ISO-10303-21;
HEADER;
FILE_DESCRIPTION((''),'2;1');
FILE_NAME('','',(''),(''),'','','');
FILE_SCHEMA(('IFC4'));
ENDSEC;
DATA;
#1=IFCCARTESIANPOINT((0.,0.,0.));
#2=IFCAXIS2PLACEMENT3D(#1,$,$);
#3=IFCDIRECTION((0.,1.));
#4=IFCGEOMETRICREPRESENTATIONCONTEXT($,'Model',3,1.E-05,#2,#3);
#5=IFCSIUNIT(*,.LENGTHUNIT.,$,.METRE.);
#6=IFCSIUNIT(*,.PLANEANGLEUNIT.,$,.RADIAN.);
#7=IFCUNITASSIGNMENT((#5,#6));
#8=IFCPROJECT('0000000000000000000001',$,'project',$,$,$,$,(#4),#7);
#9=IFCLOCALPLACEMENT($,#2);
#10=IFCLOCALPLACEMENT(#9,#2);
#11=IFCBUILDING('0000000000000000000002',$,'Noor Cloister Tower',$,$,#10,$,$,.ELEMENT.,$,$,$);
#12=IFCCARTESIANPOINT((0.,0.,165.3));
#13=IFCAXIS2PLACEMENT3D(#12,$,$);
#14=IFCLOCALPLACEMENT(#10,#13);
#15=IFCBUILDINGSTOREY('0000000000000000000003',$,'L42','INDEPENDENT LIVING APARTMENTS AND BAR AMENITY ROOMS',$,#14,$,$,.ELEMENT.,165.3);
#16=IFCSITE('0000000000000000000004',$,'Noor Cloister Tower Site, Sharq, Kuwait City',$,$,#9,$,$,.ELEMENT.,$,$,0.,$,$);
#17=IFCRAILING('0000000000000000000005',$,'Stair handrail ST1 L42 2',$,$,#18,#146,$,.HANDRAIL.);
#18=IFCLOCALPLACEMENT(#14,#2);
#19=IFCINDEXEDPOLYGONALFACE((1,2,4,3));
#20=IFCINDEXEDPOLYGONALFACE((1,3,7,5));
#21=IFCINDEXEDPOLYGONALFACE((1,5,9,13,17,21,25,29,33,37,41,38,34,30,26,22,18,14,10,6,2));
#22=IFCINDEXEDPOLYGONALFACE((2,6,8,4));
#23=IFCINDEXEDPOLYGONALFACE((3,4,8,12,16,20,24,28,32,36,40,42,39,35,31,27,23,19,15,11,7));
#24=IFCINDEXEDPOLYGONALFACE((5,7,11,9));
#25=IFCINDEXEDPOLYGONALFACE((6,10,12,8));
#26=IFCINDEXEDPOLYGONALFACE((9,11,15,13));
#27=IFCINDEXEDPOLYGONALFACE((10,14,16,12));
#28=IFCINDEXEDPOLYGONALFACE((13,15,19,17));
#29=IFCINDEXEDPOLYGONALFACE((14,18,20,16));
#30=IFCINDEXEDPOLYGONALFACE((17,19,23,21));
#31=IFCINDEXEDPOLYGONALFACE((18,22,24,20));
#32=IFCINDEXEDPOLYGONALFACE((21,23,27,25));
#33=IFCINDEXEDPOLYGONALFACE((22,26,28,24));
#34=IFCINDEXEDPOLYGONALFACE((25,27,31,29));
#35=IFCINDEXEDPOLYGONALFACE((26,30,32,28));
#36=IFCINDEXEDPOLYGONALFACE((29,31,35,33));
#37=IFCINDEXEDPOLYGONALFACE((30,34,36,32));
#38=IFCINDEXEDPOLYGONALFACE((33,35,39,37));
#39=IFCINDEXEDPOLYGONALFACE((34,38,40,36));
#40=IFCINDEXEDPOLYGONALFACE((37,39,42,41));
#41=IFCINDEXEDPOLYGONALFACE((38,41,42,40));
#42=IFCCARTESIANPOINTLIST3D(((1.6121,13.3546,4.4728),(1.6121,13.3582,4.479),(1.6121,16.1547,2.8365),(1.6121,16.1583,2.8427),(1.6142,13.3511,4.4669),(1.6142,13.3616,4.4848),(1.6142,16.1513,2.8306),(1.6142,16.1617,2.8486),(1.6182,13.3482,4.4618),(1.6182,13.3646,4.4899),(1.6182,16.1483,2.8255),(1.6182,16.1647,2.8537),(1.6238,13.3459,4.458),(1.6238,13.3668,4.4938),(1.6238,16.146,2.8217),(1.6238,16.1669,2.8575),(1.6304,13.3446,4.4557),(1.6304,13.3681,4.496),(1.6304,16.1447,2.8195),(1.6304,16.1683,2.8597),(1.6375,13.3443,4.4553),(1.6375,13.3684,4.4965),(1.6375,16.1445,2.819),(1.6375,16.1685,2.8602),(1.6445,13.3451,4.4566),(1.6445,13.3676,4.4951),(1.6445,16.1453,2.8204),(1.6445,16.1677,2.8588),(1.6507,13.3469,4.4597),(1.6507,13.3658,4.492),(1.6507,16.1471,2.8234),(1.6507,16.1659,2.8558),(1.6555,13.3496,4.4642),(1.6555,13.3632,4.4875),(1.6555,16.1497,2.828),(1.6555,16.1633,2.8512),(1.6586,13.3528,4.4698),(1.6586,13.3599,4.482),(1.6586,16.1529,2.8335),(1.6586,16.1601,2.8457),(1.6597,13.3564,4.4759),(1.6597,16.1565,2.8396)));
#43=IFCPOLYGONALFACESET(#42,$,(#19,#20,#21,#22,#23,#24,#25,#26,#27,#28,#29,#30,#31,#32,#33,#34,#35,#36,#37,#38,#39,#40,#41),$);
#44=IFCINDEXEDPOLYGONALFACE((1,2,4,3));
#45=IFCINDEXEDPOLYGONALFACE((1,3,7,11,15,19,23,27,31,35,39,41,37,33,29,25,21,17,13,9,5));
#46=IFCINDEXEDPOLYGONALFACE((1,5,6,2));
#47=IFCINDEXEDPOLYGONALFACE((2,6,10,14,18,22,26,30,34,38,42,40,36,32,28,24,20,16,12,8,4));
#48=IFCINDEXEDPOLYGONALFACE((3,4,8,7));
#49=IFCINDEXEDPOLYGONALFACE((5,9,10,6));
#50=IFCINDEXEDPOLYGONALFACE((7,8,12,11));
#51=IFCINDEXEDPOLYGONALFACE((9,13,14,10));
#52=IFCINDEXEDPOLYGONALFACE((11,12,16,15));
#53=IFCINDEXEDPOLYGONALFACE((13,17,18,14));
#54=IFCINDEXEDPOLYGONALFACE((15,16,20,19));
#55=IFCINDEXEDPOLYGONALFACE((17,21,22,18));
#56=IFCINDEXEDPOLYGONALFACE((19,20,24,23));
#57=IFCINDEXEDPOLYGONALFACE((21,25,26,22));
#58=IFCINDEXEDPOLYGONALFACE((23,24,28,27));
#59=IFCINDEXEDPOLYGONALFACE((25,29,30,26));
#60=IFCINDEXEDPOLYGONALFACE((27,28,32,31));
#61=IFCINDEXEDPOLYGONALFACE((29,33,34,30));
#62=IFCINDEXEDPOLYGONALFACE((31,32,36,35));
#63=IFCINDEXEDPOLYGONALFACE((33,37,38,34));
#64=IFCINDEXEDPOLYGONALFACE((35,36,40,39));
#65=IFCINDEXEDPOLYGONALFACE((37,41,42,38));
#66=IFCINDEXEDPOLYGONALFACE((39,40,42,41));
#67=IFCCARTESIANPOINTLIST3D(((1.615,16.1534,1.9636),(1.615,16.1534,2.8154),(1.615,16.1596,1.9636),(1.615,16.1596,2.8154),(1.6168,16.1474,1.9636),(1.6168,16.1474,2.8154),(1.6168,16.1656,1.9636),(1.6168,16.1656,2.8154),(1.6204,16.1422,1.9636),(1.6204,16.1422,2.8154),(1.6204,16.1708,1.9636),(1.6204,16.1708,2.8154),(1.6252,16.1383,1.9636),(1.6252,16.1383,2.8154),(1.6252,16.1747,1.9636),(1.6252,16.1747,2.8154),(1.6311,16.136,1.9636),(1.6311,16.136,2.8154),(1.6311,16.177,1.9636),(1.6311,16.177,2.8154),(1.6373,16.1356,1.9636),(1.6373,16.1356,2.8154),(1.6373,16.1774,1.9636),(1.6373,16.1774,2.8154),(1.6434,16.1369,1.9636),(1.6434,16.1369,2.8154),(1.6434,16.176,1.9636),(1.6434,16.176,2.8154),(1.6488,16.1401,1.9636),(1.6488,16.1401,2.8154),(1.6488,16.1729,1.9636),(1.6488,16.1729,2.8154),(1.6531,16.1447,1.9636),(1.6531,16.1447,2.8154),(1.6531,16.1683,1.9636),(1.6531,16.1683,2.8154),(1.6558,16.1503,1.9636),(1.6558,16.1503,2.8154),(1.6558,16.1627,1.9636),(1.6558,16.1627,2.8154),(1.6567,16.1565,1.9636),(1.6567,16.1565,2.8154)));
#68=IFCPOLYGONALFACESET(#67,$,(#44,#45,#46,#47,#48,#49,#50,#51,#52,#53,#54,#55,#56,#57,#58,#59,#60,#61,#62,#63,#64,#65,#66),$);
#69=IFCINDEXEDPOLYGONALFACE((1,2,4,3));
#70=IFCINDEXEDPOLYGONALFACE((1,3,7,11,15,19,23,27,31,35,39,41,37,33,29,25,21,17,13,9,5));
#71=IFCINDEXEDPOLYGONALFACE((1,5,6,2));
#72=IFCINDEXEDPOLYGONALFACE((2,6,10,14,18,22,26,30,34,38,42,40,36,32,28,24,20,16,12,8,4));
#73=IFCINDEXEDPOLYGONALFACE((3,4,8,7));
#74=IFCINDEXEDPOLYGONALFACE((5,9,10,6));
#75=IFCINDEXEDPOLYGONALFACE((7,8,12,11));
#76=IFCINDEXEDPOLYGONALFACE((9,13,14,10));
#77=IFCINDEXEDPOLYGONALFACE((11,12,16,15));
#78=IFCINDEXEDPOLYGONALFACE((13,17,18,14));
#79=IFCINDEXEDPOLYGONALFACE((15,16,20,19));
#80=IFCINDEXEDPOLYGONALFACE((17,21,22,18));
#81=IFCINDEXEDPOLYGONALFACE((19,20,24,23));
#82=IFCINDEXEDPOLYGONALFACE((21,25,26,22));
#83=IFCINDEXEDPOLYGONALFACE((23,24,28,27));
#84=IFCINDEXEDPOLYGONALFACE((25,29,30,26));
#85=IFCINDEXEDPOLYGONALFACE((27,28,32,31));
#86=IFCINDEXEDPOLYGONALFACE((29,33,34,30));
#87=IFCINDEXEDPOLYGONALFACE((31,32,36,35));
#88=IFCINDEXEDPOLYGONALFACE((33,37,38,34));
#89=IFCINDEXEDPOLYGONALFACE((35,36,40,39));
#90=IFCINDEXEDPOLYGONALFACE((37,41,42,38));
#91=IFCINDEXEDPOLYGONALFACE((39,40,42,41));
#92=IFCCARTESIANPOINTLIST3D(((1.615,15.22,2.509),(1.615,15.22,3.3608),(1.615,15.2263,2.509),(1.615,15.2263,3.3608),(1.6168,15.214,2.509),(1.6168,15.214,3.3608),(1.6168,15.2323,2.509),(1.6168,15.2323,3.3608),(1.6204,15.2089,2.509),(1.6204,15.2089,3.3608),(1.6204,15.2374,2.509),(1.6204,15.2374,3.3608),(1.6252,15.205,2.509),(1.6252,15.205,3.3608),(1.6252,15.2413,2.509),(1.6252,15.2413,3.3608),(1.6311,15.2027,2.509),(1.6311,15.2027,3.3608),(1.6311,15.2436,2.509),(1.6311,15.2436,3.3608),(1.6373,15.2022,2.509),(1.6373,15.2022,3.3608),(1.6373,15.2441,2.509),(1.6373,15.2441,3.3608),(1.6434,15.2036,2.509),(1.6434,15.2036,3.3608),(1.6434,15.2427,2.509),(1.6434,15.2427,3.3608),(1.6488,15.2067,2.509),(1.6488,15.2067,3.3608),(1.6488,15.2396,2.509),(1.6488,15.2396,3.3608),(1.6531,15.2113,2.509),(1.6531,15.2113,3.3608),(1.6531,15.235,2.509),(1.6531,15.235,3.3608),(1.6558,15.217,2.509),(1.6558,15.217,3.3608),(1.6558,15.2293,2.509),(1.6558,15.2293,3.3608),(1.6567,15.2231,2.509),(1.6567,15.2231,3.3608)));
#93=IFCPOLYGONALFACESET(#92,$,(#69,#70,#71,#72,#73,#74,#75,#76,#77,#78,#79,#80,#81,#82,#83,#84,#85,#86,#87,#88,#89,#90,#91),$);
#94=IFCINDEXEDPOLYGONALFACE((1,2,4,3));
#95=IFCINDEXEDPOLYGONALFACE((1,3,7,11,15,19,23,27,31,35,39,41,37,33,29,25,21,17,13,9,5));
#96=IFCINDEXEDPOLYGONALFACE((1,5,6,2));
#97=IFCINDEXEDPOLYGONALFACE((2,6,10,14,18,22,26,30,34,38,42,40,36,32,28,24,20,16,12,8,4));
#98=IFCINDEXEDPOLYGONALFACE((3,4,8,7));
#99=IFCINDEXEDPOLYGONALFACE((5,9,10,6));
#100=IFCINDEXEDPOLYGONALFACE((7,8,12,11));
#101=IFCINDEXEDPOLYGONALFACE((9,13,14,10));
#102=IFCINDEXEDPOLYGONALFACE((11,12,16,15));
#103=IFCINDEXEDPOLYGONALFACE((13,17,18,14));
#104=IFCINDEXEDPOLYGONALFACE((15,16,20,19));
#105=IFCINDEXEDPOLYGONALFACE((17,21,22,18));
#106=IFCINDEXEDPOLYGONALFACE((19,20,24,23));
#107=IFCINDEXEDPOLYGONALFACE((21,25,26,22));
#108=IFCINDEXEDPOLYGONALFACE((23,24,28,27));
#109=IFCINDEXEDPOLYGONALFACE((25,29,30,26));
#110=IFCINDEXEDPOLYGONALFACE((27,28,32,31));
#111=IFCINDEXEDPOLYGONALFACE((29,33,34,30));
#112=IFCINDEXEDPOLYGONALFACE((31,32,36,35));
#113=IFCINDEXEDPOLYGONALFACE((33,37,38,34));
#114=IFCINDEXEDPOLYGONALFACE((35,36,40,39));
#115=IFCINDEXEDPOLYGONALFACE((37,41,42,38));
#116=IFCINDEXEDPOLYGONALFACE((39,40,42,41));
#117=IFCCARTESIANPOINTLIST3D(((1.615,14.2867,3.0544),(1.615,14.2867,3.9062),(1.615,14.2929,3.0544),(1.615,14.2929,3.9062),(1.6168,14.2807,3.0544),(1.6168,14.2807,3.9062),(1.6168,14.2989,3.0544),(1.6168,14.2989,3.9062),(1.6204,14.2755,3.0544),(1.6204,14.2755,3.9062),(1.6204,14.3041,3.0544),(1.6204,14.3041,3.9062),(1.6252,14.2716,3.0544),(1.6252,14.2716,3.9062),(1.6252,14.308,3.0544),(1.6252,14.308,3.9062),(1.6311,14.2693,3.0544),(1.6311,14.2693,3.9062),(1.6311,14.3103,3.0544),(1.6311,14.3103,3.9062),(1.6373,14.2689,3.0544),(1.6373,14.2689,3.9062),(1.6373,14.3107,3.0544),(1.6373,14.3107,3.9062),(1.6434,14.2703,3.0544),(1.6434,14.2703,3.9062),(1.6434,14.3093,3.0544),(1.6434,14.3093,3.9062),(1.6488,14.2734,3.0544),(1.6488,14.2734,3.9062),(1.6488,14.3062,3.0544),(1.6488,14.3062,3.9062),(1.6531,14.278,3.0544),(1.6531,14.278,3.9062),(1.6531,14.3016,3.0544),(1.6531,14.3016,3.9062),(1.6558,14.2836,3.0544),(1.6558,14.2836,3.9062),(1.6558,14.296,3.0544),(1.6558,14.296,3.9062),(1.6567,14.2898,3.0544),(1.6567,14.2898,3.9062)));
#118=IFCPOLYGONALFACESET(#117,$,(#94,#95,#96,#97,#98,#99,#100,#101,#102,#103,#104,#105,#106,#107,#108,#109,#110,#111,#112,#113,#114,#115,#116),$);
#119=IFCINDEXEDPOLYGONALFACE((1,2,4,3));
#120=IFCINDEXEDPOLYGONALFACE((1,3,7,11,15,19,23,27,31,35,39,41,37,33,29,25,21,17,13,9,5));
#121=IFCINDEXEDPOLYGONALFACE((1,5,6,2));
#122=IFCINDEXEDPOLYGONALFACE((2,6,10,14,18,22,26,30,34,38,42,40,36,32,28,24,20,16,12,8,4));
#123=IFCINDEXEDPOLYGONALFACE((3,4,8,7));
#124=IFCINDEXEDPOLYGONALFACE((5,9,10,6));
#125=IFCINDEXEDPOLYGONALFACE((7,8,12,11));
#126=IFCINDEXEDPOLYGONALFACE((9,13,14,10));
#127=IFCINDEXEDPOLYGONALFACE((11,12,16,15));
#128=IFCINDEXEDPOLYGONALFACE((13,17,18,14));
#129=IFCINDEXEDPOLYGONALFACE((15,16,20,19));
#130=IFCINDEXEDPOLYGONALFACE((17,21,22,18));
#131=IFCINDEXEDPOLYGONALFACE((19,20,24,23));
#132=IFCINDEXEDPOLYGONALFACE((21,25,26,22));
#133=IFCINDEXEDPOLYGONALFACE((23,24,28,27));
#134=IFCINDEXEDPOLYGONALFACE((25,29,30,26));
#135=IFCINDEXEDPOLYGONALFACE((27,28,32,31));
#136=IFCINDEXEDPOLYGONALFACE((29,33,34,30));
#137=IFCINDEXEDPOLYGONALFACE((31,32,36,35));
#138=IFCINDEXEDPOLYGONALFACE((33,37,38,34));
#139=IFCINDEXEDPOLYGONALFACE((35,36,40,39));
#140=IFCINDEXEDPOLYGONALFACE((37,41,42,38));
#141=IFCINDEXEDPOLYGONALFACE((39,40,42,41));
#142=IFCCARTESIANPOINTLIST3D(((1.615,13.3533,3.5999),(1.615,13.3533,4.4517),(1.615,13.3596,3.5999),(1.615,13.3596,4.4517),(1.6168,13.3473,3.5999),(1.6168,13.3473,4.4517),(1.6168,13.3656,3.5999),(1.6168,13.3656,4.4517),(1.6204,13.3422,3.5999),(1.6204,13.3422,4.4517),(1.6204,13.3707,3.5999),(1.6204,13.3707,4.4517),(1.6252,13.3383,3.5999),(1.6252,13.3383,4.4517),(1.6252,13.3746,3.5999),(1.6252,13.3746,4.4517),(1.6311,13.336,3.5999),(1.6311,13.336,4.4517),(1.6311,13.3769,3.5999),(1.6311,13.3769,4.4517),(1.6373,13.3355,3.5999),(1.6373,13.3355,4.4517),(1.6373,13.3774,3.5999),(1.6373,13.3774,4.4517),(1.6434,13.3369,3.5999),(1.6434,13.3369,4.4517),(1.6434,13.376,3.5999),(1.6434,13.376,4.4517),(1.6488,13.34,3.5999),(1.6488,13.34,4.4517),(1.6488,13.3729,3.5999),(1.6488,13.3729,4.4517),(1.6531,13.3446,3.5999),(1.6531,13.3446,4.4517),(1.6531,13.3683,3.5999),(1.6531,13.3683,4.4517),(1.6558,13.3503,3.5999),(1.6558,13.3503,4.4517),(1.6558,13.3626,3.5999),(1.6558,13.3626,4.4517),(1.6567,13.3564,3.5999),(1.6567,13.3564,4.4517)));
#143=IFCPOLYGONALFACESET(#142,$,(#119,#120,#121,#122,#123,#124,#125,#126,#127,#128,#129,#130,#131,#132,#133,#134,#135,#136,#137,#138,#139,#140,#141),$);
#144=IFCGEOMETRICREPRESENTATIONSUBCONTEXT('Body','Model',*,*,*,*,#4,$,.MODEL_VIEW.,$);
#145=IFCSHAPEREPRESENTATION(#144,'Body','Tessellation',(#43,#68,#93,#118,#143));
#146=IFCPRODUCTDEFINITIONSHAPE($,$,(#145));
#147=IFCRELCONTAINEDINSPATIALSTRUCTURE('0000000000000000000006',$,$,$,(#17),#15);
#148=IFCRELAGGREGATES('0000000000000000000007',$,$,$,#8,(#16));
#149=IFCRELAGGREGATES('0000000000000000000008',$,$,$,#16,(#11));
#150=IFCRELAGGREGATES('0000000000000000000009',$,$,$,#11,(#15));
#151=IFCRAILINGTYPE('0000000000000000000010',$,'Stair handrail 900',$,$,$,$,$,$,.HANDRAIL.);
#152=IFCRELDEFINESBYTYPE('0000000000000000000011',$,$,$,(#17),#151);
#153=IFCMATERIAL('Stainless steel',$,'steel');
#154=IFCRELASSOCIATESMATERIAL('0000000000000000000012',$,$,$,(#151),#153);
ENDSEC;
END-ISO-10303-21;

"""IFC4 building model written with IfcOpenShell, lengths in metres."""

from ifc_helpers import new_model, si_unit, direction, frame, origin, origin_2d, place, context, subcontext, project, spatial, circle, extrude, material, type_object, element, save


model = new_model("IFC4")

# Units and contexts
model_context = context("Model", 3, precision=1e-05, world=origin(), true_north=direction((0.0, 1.0)))
body_context = subcontext(model_context, "Body", "Model", "MODEL_VIEW")
ifc_project = project(units=[si_unit("LENGTHUNIT", "METRE"), si_unit("PLANEANGLEUNIT", "RADIAN")], contexts=[model_context])

# Site, building, storey
site_placement = place(None, origin())
site = spatial("IfcSite", under=ifc_project, at=site_placement, Name="Noor Cloister Tower Site, Sharq, Kuwait City", CompositionType="ELEMENT", RefElevation=0.0)
building_placement = place(site_placement, origin())
building = spatial("IfcBuilding", under=site, at=building_placement, Name="Noor Cloister Tower", CompositionType="ELEMENT")
storey_placement = place(building_placement, frame((0.0, 0.0, 165.3)))
storey = spatial("IfcBuildingStorey", under=building, at=storey_placement, Name="L42", Description="INDEPENDENT LIVING APARTMENTS AND BAR AMENITY ROOMS", CompositionType="ELEMENT", Elevation=165.3)

# Railing
ifc_material_1 = material(Name="Stainless steel", Category="steel")
railing_type_1 = type_object("IfcRailingType", Name="Stair handrail 900", PredefinedType="HANDRAIL", material=ifc_material_1)
railing_1_placement = place(storey_placement, frame((1.6357, 16.1565, 1.9636)))
element("IfcRailing", 1, at=railing_1_placement, inside=storey, type_object=railing_type_1, Name="Stair handrail ST1 L42 2", PredefinedType="HANDRAIL", context=body_context, shape_type="SweptSolid", body=[
    extrude(circle(Radius=0.0239, at=origin_2d()), frame((0.0, 0.0, 0.876), z_axis=(0.0, -0.863394, 0.504531), x_axis=(1.0, 0.0, 0.0)), (0.0, 0.0, 1.0), 3.2432),
    extrude(circle(Radius=0.021, at=origin_2d()), origin(), (0.0, 0.0, 1.0), 0.8518),
    extrude(circle(Radius=0.021, at=origin_2d()), frame((0.0, -0.9333, 0.5454)), (0.0, 0.0, 1.0), 0.8518),
    extrude(circle(Radius=0.021, at=origin_2d()), frame((0.0, -1.8667, 1.0908)), (0.0, 0.0, 1.0), 0.8518),
    extrude(circle(Radius=0.021, at=origin_2d()), frame((0.0, -2.8, 1.6362)), (0.0, 0.0, 1.0), 0.8518),
])

save(model, "model.ifc")
